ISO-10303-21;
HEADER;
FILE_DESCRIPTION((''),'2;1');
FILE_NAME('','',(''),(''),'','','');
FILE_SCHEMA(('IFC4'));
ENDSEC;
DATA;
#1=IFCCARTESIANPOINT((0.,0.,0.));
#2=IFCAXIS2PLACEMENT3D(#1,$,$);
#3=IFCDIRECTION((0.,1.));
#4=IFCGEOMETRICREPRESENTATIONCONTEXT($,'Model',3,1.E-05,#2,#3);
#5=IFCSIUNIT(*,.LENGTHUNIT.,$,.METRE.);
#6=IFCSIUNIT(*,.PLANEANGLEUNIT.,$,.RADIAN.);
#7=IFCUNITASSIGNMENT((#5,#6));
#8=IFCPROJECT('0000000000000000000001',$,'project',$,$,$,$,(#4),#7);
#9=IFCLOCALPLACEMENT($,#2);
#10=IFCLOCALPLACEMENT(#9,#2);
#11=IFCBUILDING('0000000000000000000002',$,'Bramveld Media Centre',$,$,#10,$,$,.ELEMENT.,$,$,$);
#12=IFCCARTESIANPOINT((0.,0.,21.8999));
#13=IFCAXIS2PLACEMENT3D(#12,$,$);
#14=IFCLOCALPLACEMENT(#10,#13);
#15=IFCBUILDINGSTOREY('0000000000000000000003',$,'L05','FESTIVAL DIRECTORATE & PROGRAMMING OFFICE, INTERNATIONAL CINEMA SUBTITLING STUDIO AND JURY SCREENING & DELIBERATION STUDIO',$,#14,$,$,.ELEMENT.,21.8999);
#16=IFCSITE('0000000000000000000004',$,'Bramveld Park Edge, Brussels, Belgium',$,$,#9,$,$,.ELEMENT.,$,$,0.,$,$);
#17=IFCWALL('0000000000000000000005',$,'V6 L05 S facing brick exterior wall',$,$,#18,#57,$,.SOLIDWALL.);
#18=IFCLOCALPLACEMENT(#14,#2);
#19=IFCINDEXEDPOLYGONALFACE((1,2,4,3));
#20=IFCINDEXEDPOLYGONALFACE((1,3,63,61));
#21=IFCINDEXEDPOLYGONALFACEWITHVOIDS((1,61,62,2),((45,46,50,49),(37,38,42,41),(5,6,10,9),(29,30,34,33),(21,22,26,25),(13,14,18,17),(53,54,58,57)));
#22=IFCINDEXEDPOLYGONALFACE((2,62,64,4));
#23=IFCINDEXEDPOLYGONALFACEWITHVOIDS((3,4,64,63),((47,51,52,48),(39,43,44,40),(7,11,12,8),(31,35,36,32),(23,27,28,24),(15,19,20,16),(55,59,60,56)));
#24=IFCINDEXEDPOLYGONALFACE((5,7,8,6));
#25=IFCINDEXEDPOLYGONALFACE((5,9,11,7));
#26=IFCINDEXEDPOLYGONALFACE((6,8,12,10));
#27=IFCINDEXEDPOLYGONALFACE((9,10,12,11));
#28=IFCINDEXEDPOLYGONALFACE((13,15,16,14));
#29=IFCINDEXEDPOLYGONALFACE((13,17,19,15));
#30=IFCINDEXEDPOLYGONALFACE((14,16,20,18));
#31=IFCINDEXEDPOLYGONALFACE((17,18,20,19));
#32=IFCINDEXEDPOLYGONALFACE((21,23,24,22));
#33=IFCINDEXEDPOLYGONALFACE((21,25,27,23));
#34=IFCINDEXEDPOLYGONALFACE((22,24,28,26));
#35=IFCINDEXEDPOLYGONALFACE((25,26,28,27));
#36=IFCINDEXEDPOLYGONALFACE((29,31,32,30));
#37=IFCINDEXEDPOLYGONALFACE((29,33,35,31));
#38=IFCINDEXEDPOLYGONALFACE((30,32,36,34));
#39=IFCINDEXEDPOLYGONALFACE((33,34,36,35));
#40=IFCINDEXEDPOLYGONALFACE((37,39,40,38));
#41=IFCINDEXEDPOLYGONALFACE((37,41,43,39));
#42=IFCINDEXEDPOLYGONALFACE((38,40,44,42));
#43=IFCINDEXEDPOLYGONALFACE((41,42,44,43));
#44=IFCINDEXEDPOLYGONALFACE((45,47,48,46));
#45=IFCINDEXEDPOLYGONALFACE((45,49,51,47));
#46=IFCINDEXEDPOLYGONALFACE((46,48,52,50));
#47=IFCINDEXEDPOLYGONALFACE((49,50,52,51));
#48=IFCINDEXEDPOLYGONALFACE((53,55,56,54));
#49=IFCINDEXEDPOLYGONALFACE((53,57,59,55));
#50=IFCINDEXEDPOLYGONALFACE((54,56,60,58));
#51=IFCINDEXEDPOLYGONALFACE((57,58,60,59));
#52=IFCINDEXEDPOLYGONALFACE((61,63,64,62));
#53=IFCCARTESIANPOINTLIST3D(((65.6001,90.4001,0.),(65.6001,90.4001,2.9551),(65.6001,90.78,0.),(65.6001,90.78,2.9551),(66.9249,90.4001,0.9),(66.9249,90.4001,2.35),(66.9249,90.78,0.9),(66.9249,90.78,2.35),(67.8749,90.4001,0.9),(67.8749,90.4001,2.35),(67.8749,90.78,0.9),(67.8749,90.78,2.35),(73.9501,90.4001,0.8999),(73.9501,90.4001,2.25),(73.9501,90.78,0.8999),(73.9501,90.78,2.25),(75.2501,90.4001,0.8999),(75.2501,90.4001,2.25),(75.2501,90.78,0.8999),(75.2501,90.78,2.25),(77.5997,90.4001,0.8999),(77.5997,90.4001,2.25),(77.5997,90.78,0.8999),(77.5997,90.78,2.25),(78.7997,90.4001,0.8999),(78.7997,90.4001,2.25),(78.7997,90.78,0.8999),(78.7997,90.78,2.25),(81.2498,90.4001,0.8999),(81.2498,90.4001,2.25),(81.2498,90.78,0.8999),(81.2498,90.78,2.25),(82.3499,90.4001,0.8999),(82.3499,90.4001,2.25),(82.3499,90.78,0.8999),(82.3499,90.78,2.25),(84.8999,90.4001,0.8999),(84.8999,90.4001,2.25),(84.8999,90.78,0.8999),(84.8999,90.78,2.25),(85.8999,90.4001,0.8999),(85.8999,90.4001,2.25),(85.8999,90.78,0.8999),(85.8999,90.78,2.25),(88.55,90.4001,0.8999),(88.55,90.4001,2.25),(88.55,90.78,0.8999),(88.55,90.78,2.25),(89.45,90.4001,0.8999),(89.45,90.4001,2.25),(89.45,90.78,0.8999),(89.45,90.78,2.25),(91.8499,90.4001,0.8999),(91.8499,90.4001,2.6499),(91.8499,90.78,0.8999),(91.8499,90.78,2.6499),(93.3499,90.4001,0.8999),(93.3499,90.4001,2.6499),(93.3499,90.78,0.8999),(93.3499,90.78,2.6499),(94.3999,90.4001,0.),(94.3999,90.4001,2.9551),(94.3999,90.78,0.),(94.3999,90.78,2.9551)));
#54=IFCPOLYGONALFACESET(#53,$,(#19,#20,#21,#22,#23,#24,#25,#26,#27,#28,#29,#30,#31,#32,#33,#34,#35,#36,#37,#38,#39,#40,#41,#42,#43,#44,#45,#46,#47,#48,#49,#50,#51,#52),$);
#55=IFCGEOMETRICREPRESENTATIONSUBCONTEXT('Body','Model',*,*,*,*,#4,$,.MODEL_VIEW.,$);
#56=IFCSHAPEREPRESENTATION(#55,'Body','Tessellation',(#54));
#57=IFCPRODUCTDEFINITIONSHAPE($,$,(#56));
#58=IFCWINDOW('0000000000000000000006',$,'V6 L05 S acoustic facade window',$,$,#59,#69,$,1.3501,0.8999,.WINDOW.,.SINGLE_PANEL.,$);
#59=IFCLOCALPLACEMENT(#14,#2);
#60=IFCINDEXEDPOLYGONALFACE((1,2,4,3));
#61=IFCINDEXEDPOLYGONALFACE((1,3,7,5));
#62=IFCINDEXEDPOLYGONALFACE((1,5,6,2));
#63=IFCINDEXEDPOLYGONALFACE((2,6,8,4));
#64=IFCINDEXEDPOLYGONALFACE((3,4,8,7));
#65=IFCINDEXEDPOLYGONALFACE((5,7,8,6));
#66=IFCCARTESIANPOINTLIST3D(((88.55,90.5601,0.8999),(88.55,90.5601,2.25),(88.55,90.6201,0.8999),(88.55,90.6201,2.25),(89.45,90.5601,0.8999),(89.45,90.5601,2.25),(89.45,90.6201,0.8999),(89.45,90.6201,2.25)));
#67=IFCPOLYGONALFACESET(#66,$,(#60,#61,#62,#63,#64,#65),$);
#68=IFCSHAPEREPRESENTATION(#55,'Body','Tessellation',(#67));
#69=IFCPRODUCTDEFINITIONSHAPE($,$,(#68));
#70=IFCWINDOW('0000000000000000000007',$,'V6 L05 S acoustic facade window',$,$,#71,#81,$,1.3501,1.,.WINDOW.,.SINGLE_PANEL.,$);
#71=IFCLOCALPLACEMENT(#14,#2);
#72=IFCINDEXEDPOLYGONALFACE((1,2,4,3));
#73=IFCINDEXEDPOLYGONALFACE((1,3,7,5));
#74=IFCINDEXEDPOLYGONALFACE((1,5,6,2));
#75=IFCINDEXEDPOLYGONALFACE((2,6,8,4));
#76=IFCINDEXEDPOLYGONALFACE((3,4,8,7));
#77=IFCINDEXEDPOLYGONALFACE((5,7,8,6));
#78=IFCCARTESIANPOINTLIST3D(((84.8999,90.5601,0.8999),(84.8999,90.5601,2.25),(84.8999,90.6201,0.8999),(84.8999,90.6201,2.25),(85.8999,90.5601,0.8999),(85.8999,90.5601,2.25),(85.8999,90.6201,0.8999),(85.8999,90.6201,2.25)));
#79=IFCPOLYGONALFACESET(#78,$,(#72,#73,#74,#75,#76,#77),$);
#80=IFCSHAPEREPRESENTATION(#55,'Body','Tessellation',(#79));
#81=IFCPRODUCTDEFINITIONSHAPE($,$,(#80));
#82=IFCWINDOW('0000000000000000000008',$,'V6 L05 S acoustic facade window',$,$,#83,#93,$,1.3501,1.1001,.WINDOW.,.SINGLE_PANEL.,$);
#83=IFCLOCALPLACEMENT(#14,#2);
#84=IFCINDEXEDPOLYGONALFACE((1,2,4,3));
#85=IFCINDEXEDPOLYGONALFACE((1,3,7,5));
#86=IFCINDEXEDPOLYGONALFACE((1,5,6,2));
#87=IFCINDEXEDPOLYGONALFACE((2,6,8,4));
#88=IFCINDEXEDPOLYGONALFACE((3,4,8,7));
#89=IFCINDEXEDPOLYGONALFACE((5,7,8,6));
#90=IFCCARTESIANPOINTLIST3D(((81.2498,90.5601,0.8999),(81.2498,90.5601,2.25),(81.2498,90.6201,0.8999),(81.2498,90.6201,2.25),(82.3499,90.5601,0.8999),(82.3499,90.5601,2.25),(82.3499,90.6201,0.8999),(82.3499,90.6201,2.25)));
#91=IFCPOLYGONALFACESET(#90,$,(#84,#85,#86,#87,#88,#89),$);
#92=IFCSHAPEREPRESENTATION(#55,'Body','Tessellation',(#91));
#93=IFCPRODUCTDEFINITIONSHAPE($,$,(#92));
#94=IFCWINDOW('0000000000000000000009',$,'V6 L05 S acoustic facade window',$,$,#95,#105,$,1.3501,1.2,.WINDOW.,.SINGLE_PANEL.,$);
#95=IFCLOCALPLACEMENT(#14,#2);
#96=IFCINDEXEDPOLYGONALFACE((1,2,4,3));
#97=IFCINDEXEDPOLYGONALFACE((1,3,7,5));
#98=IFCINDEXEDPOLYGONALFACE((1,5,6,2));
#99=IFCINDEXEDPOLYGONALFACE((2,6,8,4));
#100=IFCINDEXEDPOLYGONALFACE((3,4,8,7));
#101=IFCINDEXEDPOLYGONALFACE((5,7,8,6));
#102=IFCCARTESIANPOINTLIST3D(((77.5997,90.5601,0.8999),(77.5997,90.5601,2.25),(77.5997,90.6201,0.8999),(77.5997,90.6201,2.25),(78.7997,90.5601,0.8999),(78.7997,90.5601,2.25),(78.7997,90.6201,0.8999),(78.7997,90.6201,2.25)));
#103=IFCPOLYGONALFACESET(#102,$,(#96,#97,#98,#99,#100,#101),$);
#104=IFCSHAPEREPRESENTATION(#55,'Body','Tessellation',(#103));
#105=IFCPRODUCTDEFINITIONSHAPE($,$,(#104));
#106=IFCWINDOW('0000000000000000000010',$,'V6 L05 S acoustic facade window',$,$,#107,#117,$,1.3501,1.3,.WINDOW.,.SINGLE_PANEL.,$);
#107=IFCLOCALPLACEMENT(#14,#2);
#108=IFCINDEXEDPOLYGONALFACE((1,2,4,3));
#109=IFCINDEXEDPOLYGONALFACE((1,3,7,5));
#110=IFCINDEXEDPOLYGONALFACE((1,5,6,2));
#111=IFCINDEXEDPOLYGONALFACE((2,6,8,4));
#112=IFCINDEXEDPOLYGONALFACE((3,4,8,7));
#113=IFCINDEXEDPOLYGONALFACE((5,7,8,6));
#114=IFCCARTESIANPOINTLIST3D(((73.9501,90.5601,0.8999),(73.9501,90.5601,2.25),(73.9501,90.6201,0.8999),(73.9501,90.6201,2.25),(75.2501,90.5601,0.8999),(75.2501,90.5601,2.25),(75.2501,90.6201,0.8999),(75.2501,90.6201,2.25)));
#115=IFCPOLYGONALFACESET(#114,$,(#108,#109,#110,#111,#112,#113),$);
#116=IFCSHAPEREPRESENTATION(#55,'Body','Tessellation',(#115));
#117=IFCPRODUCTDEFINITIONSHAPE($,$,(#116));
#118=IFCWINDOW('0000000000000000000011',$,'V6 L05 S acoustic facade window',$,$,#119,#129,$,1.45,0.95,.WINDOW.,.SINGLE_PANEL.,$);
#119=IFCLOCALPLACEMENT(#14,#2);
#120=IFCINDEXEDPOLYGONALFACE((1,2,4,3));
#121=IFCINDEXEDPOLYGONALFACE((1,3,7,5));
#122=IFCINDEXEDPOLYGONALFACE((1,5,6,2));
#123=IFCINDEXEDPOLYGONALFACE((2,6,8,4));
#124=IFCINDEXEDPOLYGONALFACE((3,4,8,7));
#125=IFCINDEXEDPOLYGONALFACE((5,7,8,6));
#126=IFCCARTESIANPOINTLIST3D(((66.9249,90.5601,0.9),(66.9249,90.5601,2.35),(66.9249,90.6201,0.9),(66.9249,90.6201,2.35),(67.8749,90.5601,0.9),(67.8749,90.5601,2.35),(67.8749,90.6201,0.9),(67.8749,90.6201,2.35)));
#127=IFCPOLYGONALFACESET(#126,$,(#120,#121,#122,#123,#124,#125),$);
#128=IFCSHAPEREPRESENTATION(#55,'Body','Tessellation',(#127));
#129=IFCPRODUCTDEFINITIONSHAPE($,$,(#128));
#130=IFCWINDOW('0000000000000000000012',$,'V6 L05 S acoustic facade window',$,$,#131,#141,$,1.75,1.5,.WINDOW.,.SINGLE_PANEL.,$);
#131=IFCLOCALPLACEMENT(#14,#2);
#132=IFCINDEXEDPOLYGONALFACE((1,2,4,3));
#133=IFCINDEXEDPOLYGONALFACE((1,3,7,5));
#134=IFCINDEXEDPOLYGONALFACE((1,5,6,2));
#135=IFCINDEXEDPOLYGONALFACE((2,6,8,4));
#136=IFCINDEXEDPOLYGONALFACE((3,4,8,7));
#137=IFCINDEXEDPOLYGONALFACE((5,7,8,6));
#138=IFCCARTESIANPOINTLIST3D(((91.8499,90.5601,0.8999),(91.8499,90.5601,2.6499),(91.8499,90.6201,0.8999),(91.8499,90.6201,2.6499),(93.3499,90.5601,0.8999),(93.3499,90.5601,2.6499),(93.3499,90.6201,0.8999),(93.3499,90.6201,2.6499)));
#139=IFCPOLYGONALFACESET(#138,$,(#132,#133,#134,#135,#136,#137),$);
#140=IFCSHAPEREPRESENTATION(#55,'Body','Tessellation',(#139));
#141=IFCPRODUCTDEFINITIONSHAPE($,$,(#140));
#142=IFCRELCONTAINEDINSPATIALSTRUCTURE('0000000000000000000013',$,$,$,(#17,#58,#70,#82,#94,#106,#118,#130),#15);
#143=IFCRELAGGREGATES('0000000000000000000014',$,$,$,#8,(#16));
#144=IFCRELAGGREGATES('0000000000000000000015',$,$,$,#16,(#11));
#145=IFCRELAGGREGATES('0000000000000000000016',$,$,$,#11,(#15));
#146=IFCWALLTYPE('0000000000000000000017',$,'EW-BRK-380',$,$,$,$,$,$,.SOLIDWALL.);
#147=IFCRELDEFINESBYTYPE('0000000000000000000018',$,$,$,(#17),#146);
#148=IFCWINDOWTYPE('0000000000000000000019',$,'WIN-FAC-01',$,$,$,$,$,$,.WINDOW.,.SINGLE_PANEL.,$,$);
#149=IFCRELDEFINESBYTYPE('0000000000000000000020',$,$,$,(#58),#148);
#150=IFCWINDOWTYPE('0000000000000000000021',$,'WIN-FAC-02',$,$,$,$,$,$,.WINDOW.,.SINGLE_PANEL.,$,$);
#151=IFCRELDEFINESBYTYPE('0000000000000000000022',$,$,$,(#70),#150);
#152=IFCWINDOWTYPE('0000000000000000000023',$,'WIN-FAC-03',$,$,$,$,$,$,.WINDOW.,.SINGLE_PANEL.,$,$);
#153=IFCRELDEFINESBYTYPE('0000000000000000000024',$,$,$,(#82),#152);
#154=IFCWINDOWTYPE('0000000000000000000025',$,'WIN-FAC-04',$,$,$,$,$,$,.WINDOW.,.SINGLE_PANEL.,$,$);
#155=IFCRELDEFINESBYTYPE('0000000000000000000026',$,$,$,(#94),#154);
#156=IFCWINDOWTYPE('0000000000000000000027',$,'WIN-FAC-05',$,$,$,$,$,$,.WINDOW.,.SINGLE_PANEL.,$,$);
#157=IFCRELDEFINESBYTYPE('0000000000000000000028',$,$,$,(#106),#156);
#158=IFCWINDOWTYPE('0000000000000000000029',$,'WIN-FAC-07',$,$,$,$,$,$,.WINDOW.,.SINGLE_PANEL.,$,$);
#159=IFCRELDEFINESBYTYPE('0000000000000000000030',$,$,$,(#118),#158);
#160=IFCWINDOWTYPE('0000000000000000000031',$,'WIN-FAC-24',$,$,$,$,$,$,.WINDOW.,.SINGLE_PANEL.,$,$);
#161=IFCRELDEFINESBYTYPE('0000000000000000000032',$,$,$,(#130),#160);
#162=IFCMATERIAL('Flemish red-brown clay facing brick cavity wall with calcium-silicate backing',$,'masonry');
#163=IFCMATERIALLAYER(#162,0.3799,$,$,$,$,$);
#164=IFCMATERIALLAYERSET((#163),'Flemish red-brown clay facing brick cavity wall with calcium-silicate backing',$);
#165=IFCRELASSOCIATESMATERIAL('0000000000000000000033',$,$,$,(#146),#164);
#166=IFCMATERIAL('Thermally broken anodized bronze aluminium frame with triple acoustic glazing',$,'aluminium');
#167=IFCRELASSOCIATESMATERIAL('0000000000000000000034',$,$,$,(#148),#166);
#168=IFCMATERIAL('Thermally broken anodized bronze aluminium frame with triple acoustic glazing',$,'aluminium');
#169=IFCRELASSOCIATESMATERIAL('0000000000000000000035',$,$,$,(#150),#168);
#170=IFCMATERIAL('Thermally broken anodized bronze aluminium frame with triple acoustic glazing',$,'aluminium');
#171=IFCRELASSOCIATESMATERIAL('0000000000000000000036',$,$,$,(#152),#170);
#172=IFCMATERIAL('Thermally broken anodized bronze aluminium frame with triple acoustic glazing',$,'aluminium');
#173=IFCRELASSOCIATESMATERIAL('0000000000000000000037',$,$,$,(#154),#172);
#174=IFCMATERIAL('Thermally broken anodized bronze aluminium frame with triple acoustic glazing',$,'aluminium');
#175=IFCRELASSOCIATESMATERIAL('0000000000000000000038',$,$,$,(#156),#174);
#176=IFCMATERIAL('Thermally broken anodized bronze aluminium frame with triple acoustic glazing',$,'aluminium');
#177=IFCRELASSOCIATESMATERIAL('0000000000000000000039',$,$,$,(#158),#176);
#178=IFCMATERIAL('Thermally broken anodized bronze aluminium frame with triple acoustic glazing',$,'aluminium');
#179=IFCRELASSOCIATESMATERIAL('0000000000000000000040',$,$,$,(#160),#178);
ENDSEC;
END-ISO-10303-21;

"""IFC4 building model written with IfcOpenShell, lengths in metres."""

from ifc_helpers import new_model, si_unit, direction, frame, frame_2d, origin, place, context, subcontext, project, spatial, rectangle, extrude, material, layer, layer_set, type_object, element, fill, save


model = new_model("IFC4")

# Units and contexts
model_context = context("Model", 3, precision=1e-05, world=origin(), true_north=direction((0.0, 1.0)))
body_context = subcontext(model_context, "Body", "Model", "MODEL_VIEW")
ifc_project = project(units=[si_unit("LENGTHUNIT", "METRE"), si_unit("PLANEANGLEUNIT", "RADIAN")], contexts=[model_context])

# Site, building, storey
site_placement = place(None, origin())
site = spatial("IfcSite", under=ifc_project, at=site_placement, Name="Bramveld Park Edge, Brussels, Belgium", CompositionType="ELEMENT", RefElevation=0.0)
building_placement = place(site_placement, origin())
building = spatial("IfcBuilding", under=site, at=building_placement, Name="Bramveld Media Centre", CompositionType="ELEMENT")
storey_placement = place(building_placement, frame((0.0, 0.0, 21.8999)))
storey = spatial("IfcBuildingStorey", under=building, at=storey_placement, Name="L05", Description="FESTIVAL DIRECTORATE & PROGRAMMING OFFICE, INTERNATIONAL CINEMA SUBTITLING STUDIO AND JURY SCREENING & DELIBERATION STUDIO", CompositionType="ELEMENT", Elevation=21.8999)

# Wall, openings, windows
ifc_material_1 = material(Name="Flemish red-brown clay facing brick cavity wall with calcium-silicate backing", Category="masonry")
ifc_layer_1 = layer(ifc_material_1, 0.3799)
ifc_layer_set_1 = layer_set([ifc_layer_1], Name="Flemish red-brown clay facing brick cavity wall with calcium-silicate backing")
wall_type_1 = type_object("IfcWallType", Name="EW-BRK-380", PredefinedType="SOLIDWALL", material=ifc_layer_set_1)
wall_1_placement = place(storey_placement, frame((94.3999, 90.5901, 0.0), z_axis=(0.0, 0.0, 1.0), x_axis=(-1.0, 0.0, 0.0)))
wall_1 = element("IfcWall", 1, at=wall_1_placement, inside=storey, type_object=wall_type_1, Name="V6 L05 S facing brick exterior wall", PredefinedType="SOLIDWALL", context=body_context, shape_type="SweptSolid", body=[
    extrude(rectangle(XDim=28.7998, YDim=0.3799, at=frame_2d((14.3999, 0.0))), origin(), (0.0, 0.0, 1.0), 2.9551),
])
opening_1_placement = place(wall_1_placement, frame((1.05, 0.0, 0.8999)))
opening_1 = element("IfcOpeningElement", 2, at=opening_1_placement, cuts=wall_1, PredefinedType="OPENING", context=body_context, shape_type="SweptSolid", body=[
    extrude(rectangle(XDim=1.5, YDim=1.75, at=frame_2d((0.75, 0.875))), frame((0.0, 0.2019, 0.0), z_axis=(0.0, -1.0, 0.0), x_axis=(1.0, 0.0, 0.0)), (0.0, 0.0, 1.0), 0.4038),
])
opening_2_placement = place(wall_1_placement, frame((4.95, 0.0, 0.8999)))
opening_2 = element("IfcOpeningElement", 3, at=opening_2_placement, cuts=wall_1, PredefinedType="OPENING", context=body_context, shape_type="SweptSolid", body=[
    extrude(rectangle(XDim=0.8999, YDim=1.3501, at=frame_2d((0.45, 0.675))), frame((0.0, 0.2019, 0.0), z_axis=(0.0, -1.0, 0.0), x_axis=(1.0, 0.0, 0.0)), (0.0, 0.0, 1.0), 0.4038),
])
opening_3_placement = place(wall_1_placement, frame((8.5, 0.0, 0.8999)))
opening_3 = element("IfcOpeningElement", 4, at=opening_3_placement, cuts=wall_1, PredefinedType="OPENING", context=body_context, shape_type="SweptSolid", body=[
    extrude(rectangle(XDim=1.0, YDim=1.3501, at=frame_2d((0.5, 0.675))), frame((0.0, 0.2019, 0.0), z_axis=(0.0, -1.0, 0.0), x_axis=(1.0, 0.0, 0.0)), (0.0, 0.0, 1.0), 0.4038),
])
opening_4_placement = place(wall_1_placement, frame((12.05, 0.0, 0.8999)))
opening_4 = element("IfcOpeningElement", 5, at=opening_4_placement, cuts=wall_1, PredefinedType="OPENING", context=body_context, shape_type="SweptSolid", body=[
    extrude(rectangle(XDim=1.1001, YDim=1.3501, at=frame_2d((0.55, 0.675))), frame((0.0, 0.2019, 0.0), z_axis=(0.0, -1.0, 0.0), x_axis=(1.0, 0.0, 0.0)), (0.0, 0.0, 1.0), 0.4038),
])
opening_5_placement = place(wall_1_placement, frame((15.6001, 0.0, 0.8999)))
opening_5 = element("IfcOpeningElement", 6, at=opening_5_placement, cuts=wall_1, PredefinedType="OPENING", context=body_context, shape_type="SweptSolid", body=[
    extrude(rectangle(XDim=1.2, YDim=1.3501, at=frame_2d((0.6001, 0.675))), frame((0.0, 0.2019, 0.0), z_axis=(0.0, -1.0, 0.0), x_axis=(1.0, 0.0, 0.0)), (0.0, 0.0, 1.0), 0.4038),
])
opening_6_placement = place(wall_1_placement, frame((19.1499, 0.0, 0.8999)))
opening_6 = element("IfcOpeningElement", 7, at=opening_6_placement, cuts=wall_1, PredefinedType="OPENING", context=body_context, shape_type="SweptSolid", body=[
    extrude(rectangle(XDim=1.3, YDim=1.3501, at=frame_2d((0.6499, 0.675))), frame((0.0, 0.2019, 0.0), z_axis=(0.0, -1.0, 0.0), x_axis=(1.0, 0.0, 0.0)), (0.0, 0.0, 1.0), 0.4038),
])
opening_7_placement = place(wall_1_placement, frame((26.5249, 0.0, 0.8999)))
opening_7 = element("IfcOpeningElement", 8, at=opening_7_placement, cuts=wall_1, PredefinedType="OPENING", context=body_context, shape_type="SweptSolid", body=[
    extrude(rectangle(XDim=0.95, YDim=1.45, at=frame_2d((0.4751, 0.7251))), frame((0.0, 0.2019, 0.0), z_axis=(0.0, -1.0, 0.0), x_axis=(1.0, 0.0, 0.0)), (0.0, 0.0, 1.0), 0.4038),
])
ifc_material_2 = material(Name="Thermally broken anodized bronze aluminium frame with triple acoustic glazing", Category="aluminium")
window_type_1 = type_object("IfcWindowType", Name="WIN-FAC-01", PartitioningType="SINGLE_PANEL", PredefinedType="WINDOW", material=ifc_material_2)
window_1_placement = place(opening_2_placement, origin())
window_1 = element("IfcWindow", 9, at=window_1_placement, inside=storey, type_object=window_type_1, Name="V6 L05 S acoustic facade window", OverallHeight=1.3501, OverallWidth=0.8999, PartitioningType="SINGLE_PANEL", PredefinedType="WINDOW", context=body_context, shape_type="SweptSolid", body=[
    extrude(rectangle(XDim=0.8999, YDim=1.3501, at=frame_2d((0.45, 0.675))), frame((0.0, 0.03, 0.0), z_axis=(0.0, -1.0, 0.0), x_axis=(1.0, 0.0, 0.0)), (0.0, 0.0, 1.0), 0.0601),
])
fill(opening_2, window_1)
ifc_material_3 = material(Name="Thermally broken anodized bronze aluminium frame with triple acoustic glazing", Category="aluminium")
window_type_2 = type_object("IfcWindowType", Name="WIN-FAC-02", PartitioningType="SINGLE_PANEL", PredefinedType="WINDOW", material=ifc_material_3)
window_2_placement = place(opening_3_placement, origin())
window_2 = element("IfcWindow", 10, at=window_2_placement, inside=storey, type_object=window_type_2, Name="V6 L05 S acoustic facade window", OverallHeight=1.3501, OverallWidth=1.0, PartitioningType="SINGLE_PANEL", PredefinedType="WINDOW", context=body_context, shape_type="SweptSolid", body=[
    extrude(rectangle(XDim=1.0, YDim=1.3501, at=frame_2d((0.5, 0.675))), frame((0.0, 0.03, 0.0), z_axis=(0.0, -1.0, 0.0), x_axis=(1.0, 0.0, 0.0)), (0.0, 0.0, 1.0), 0.0601),
])
fill(opening_3, window_2)
ifc_material_4 = material(Name="Thermally broken anodized bronze aluminium frame with triple acoustic glazing", Category="aluminium")
window_type_3 = type_object("IfcWindowType", Name="WIN-FAC-03", PartitioningType="SINGLE_PANEL", PredefinedType="WINDOW", material=ifc_material_4)
window_3_placement = place(opening_4_placement, origin())
window_3 = element("IfcWindow", 11, at=window_3_placement, inside=storey, type_object=window_type_3, Name="V6 L05 S acoustic facade window", OverallHeight=1.3501, OverallWidth=1.1001, PartitioningType="SINGLE_PANEL", PredefinedType="WINDOW", context=body_context, shape_type="SweptSolid", body=[
    extrude(rectangle(XDim=1.1001, YDim=1.3501, at=frame_2d((0.55, 0.675))), frame((0.0, 0.03, 0.0), z_axis=(0.0, -1.0, 0.0), x_axis=(1.0, 0.0, 0.0)), (0.0, 0.0, 1.0), 0.0601),
])
fill(opening_4, window_3)
ifc_material_5 = material(Name="Thermally broken anodized bronze aluminium frame with triple acoustic glazing", Category="aluminium")
window_type_4 = type_object("IfcWindowType", Name="WIN-FAC-04", PartitioningType="SINGLE_PANEL", PredefinedType="WINDOW", material=ifc_material_5)
window_4_placement = place(opening_5_placement, origin())
window_4 = element("IfcWindow", 12, at=window_4_placement, inside=storey, type_object=window_type_4, Name="V6 L05 S acoustic facade window", OverallHeight=1.3501, OverallWidth=1.2, PartitioningType="SINGLE_PANEL", PredefinedType="WINDOW", context=body_context, shape_type="SweptSolid", body=[
    extrude(rectangle(XDim=1.2, YDim=1.3501, at=frame_2d((0.6001, 0.675))), frame((0.0, 0.03, 0.0), z_axis=(0.0, -1.0, 0.0), x_axis=(1.0, 0.0, 0.0)), (0.0, 0.0, 1.0), 0.0601),
])
fill(opening_5, window_4)
ifc_material_6 = material(Name="Thermally broken anodized bronze aluminium frame with triple acoustic glazing", Category="aluminium")
window_type_5 = type_object("IfcWindowType", Name="WIN-FAC-05", PartitioningType="SINGLE_PANEL", PredefinedType="WINDOW", material=ifc_material_6)
window_5_placement = place(opening_6_placement, origin())
window_5 = element("IfcWindow", 13, at=window_5_placement, inside=storey, type_object=window_type_5, Name="V6 L05 S acoustic facade window", OverallHeight=1.3501, OverallWidth=1.3, PartitioningType="SINGLE_PANEL", PredefinedType="WINDOW", context=body_context, shape_type="SweptSolid", body=[
    extrude(rectangle(XDim=1.3, YDim=1.3501, at=frame_2d((0.6499, 0.675))), frame((0.0, 0.03, 0.0), z_axis=(0.0, -1.0, 0.0), x_axis=(1.0, 0.0, 0.0)), (0.0, 0.0, 1.0), 0.0601),
])
fill(opening_6, window_5)
ifc_material_7 = material(Name="Thermally broken anodized bronze aluminium frame with triple acoustic glazing", Category="aluminium")
window_type_6 = type_object("IfcWindowType", Name="WIN-FAC-07", PartitioningType="SINGLE_PANEL", PredefinedType="WINDOW", material=ifc_material_7)
window_6_placement = place(opening_7_placement, origin())
window_6 = element("IfcWindow", 14, at=window_6_placement, inside=storey, type_object=window_type_6, Name="V6 L05 S acoustic facade window", OverallHeight=1.45, OverallWidth=0.95, PartitioningType="SINGLE_PANEL", PredefinedType="WINDOW", context=body_context, shape_type="SweptSolid", body=[
    extrude(rectangle(XDim=0.95, YDim=1.45, at=frame_2d((0.4751, 0.7251))), frame((0.0, 0.03, 0.0), z_axis=(0.0, -1.0, 0.0), x_axis=(1.0, 0.0, 0.0)), (0.0, 0.0, 1.0), 0.0601),
])
fill(opening_7, window_6)
ifc_material_8 = material(Name="Thermally broken anodized bronze aluminium frame with triple acoustic glazing", Category="aluminium")
window_type_7 = type_object("IfcWindowType", Name="WIN-FAC-24", PartitioningType="SINGLE_PANEL", PredefinedType="WINDOW", material=ifc_material_8)
window_7_placement = place(opening_1_placement, origin())
window_7 = element("IfcWindow", 15, at=window_7_placement, inside=storey, type_object=window_type_7, Name="V6 L05 S acoustic facade window", OverallHeight=1.75, OverallWidth=1.5, PartitioningType="SINGLE_PANEL", PredefinedType="WINDOW", context=body_context, shape_type="SweptSolid", body=[
    extrude(rectangle(XDim=1.5, YDim=1.75, at=frame_2d((0.75, 0.875))), frame((0.0, 0.03, 0.0), z_axis=(0.0, -1.0, 0.0), x_axis=(1.0, 0.0, 0.0)), (0.0, 0.0, 1.0), 0.0601),
])
fill(opening_1, window_7)

save(model, "model.ifc")
